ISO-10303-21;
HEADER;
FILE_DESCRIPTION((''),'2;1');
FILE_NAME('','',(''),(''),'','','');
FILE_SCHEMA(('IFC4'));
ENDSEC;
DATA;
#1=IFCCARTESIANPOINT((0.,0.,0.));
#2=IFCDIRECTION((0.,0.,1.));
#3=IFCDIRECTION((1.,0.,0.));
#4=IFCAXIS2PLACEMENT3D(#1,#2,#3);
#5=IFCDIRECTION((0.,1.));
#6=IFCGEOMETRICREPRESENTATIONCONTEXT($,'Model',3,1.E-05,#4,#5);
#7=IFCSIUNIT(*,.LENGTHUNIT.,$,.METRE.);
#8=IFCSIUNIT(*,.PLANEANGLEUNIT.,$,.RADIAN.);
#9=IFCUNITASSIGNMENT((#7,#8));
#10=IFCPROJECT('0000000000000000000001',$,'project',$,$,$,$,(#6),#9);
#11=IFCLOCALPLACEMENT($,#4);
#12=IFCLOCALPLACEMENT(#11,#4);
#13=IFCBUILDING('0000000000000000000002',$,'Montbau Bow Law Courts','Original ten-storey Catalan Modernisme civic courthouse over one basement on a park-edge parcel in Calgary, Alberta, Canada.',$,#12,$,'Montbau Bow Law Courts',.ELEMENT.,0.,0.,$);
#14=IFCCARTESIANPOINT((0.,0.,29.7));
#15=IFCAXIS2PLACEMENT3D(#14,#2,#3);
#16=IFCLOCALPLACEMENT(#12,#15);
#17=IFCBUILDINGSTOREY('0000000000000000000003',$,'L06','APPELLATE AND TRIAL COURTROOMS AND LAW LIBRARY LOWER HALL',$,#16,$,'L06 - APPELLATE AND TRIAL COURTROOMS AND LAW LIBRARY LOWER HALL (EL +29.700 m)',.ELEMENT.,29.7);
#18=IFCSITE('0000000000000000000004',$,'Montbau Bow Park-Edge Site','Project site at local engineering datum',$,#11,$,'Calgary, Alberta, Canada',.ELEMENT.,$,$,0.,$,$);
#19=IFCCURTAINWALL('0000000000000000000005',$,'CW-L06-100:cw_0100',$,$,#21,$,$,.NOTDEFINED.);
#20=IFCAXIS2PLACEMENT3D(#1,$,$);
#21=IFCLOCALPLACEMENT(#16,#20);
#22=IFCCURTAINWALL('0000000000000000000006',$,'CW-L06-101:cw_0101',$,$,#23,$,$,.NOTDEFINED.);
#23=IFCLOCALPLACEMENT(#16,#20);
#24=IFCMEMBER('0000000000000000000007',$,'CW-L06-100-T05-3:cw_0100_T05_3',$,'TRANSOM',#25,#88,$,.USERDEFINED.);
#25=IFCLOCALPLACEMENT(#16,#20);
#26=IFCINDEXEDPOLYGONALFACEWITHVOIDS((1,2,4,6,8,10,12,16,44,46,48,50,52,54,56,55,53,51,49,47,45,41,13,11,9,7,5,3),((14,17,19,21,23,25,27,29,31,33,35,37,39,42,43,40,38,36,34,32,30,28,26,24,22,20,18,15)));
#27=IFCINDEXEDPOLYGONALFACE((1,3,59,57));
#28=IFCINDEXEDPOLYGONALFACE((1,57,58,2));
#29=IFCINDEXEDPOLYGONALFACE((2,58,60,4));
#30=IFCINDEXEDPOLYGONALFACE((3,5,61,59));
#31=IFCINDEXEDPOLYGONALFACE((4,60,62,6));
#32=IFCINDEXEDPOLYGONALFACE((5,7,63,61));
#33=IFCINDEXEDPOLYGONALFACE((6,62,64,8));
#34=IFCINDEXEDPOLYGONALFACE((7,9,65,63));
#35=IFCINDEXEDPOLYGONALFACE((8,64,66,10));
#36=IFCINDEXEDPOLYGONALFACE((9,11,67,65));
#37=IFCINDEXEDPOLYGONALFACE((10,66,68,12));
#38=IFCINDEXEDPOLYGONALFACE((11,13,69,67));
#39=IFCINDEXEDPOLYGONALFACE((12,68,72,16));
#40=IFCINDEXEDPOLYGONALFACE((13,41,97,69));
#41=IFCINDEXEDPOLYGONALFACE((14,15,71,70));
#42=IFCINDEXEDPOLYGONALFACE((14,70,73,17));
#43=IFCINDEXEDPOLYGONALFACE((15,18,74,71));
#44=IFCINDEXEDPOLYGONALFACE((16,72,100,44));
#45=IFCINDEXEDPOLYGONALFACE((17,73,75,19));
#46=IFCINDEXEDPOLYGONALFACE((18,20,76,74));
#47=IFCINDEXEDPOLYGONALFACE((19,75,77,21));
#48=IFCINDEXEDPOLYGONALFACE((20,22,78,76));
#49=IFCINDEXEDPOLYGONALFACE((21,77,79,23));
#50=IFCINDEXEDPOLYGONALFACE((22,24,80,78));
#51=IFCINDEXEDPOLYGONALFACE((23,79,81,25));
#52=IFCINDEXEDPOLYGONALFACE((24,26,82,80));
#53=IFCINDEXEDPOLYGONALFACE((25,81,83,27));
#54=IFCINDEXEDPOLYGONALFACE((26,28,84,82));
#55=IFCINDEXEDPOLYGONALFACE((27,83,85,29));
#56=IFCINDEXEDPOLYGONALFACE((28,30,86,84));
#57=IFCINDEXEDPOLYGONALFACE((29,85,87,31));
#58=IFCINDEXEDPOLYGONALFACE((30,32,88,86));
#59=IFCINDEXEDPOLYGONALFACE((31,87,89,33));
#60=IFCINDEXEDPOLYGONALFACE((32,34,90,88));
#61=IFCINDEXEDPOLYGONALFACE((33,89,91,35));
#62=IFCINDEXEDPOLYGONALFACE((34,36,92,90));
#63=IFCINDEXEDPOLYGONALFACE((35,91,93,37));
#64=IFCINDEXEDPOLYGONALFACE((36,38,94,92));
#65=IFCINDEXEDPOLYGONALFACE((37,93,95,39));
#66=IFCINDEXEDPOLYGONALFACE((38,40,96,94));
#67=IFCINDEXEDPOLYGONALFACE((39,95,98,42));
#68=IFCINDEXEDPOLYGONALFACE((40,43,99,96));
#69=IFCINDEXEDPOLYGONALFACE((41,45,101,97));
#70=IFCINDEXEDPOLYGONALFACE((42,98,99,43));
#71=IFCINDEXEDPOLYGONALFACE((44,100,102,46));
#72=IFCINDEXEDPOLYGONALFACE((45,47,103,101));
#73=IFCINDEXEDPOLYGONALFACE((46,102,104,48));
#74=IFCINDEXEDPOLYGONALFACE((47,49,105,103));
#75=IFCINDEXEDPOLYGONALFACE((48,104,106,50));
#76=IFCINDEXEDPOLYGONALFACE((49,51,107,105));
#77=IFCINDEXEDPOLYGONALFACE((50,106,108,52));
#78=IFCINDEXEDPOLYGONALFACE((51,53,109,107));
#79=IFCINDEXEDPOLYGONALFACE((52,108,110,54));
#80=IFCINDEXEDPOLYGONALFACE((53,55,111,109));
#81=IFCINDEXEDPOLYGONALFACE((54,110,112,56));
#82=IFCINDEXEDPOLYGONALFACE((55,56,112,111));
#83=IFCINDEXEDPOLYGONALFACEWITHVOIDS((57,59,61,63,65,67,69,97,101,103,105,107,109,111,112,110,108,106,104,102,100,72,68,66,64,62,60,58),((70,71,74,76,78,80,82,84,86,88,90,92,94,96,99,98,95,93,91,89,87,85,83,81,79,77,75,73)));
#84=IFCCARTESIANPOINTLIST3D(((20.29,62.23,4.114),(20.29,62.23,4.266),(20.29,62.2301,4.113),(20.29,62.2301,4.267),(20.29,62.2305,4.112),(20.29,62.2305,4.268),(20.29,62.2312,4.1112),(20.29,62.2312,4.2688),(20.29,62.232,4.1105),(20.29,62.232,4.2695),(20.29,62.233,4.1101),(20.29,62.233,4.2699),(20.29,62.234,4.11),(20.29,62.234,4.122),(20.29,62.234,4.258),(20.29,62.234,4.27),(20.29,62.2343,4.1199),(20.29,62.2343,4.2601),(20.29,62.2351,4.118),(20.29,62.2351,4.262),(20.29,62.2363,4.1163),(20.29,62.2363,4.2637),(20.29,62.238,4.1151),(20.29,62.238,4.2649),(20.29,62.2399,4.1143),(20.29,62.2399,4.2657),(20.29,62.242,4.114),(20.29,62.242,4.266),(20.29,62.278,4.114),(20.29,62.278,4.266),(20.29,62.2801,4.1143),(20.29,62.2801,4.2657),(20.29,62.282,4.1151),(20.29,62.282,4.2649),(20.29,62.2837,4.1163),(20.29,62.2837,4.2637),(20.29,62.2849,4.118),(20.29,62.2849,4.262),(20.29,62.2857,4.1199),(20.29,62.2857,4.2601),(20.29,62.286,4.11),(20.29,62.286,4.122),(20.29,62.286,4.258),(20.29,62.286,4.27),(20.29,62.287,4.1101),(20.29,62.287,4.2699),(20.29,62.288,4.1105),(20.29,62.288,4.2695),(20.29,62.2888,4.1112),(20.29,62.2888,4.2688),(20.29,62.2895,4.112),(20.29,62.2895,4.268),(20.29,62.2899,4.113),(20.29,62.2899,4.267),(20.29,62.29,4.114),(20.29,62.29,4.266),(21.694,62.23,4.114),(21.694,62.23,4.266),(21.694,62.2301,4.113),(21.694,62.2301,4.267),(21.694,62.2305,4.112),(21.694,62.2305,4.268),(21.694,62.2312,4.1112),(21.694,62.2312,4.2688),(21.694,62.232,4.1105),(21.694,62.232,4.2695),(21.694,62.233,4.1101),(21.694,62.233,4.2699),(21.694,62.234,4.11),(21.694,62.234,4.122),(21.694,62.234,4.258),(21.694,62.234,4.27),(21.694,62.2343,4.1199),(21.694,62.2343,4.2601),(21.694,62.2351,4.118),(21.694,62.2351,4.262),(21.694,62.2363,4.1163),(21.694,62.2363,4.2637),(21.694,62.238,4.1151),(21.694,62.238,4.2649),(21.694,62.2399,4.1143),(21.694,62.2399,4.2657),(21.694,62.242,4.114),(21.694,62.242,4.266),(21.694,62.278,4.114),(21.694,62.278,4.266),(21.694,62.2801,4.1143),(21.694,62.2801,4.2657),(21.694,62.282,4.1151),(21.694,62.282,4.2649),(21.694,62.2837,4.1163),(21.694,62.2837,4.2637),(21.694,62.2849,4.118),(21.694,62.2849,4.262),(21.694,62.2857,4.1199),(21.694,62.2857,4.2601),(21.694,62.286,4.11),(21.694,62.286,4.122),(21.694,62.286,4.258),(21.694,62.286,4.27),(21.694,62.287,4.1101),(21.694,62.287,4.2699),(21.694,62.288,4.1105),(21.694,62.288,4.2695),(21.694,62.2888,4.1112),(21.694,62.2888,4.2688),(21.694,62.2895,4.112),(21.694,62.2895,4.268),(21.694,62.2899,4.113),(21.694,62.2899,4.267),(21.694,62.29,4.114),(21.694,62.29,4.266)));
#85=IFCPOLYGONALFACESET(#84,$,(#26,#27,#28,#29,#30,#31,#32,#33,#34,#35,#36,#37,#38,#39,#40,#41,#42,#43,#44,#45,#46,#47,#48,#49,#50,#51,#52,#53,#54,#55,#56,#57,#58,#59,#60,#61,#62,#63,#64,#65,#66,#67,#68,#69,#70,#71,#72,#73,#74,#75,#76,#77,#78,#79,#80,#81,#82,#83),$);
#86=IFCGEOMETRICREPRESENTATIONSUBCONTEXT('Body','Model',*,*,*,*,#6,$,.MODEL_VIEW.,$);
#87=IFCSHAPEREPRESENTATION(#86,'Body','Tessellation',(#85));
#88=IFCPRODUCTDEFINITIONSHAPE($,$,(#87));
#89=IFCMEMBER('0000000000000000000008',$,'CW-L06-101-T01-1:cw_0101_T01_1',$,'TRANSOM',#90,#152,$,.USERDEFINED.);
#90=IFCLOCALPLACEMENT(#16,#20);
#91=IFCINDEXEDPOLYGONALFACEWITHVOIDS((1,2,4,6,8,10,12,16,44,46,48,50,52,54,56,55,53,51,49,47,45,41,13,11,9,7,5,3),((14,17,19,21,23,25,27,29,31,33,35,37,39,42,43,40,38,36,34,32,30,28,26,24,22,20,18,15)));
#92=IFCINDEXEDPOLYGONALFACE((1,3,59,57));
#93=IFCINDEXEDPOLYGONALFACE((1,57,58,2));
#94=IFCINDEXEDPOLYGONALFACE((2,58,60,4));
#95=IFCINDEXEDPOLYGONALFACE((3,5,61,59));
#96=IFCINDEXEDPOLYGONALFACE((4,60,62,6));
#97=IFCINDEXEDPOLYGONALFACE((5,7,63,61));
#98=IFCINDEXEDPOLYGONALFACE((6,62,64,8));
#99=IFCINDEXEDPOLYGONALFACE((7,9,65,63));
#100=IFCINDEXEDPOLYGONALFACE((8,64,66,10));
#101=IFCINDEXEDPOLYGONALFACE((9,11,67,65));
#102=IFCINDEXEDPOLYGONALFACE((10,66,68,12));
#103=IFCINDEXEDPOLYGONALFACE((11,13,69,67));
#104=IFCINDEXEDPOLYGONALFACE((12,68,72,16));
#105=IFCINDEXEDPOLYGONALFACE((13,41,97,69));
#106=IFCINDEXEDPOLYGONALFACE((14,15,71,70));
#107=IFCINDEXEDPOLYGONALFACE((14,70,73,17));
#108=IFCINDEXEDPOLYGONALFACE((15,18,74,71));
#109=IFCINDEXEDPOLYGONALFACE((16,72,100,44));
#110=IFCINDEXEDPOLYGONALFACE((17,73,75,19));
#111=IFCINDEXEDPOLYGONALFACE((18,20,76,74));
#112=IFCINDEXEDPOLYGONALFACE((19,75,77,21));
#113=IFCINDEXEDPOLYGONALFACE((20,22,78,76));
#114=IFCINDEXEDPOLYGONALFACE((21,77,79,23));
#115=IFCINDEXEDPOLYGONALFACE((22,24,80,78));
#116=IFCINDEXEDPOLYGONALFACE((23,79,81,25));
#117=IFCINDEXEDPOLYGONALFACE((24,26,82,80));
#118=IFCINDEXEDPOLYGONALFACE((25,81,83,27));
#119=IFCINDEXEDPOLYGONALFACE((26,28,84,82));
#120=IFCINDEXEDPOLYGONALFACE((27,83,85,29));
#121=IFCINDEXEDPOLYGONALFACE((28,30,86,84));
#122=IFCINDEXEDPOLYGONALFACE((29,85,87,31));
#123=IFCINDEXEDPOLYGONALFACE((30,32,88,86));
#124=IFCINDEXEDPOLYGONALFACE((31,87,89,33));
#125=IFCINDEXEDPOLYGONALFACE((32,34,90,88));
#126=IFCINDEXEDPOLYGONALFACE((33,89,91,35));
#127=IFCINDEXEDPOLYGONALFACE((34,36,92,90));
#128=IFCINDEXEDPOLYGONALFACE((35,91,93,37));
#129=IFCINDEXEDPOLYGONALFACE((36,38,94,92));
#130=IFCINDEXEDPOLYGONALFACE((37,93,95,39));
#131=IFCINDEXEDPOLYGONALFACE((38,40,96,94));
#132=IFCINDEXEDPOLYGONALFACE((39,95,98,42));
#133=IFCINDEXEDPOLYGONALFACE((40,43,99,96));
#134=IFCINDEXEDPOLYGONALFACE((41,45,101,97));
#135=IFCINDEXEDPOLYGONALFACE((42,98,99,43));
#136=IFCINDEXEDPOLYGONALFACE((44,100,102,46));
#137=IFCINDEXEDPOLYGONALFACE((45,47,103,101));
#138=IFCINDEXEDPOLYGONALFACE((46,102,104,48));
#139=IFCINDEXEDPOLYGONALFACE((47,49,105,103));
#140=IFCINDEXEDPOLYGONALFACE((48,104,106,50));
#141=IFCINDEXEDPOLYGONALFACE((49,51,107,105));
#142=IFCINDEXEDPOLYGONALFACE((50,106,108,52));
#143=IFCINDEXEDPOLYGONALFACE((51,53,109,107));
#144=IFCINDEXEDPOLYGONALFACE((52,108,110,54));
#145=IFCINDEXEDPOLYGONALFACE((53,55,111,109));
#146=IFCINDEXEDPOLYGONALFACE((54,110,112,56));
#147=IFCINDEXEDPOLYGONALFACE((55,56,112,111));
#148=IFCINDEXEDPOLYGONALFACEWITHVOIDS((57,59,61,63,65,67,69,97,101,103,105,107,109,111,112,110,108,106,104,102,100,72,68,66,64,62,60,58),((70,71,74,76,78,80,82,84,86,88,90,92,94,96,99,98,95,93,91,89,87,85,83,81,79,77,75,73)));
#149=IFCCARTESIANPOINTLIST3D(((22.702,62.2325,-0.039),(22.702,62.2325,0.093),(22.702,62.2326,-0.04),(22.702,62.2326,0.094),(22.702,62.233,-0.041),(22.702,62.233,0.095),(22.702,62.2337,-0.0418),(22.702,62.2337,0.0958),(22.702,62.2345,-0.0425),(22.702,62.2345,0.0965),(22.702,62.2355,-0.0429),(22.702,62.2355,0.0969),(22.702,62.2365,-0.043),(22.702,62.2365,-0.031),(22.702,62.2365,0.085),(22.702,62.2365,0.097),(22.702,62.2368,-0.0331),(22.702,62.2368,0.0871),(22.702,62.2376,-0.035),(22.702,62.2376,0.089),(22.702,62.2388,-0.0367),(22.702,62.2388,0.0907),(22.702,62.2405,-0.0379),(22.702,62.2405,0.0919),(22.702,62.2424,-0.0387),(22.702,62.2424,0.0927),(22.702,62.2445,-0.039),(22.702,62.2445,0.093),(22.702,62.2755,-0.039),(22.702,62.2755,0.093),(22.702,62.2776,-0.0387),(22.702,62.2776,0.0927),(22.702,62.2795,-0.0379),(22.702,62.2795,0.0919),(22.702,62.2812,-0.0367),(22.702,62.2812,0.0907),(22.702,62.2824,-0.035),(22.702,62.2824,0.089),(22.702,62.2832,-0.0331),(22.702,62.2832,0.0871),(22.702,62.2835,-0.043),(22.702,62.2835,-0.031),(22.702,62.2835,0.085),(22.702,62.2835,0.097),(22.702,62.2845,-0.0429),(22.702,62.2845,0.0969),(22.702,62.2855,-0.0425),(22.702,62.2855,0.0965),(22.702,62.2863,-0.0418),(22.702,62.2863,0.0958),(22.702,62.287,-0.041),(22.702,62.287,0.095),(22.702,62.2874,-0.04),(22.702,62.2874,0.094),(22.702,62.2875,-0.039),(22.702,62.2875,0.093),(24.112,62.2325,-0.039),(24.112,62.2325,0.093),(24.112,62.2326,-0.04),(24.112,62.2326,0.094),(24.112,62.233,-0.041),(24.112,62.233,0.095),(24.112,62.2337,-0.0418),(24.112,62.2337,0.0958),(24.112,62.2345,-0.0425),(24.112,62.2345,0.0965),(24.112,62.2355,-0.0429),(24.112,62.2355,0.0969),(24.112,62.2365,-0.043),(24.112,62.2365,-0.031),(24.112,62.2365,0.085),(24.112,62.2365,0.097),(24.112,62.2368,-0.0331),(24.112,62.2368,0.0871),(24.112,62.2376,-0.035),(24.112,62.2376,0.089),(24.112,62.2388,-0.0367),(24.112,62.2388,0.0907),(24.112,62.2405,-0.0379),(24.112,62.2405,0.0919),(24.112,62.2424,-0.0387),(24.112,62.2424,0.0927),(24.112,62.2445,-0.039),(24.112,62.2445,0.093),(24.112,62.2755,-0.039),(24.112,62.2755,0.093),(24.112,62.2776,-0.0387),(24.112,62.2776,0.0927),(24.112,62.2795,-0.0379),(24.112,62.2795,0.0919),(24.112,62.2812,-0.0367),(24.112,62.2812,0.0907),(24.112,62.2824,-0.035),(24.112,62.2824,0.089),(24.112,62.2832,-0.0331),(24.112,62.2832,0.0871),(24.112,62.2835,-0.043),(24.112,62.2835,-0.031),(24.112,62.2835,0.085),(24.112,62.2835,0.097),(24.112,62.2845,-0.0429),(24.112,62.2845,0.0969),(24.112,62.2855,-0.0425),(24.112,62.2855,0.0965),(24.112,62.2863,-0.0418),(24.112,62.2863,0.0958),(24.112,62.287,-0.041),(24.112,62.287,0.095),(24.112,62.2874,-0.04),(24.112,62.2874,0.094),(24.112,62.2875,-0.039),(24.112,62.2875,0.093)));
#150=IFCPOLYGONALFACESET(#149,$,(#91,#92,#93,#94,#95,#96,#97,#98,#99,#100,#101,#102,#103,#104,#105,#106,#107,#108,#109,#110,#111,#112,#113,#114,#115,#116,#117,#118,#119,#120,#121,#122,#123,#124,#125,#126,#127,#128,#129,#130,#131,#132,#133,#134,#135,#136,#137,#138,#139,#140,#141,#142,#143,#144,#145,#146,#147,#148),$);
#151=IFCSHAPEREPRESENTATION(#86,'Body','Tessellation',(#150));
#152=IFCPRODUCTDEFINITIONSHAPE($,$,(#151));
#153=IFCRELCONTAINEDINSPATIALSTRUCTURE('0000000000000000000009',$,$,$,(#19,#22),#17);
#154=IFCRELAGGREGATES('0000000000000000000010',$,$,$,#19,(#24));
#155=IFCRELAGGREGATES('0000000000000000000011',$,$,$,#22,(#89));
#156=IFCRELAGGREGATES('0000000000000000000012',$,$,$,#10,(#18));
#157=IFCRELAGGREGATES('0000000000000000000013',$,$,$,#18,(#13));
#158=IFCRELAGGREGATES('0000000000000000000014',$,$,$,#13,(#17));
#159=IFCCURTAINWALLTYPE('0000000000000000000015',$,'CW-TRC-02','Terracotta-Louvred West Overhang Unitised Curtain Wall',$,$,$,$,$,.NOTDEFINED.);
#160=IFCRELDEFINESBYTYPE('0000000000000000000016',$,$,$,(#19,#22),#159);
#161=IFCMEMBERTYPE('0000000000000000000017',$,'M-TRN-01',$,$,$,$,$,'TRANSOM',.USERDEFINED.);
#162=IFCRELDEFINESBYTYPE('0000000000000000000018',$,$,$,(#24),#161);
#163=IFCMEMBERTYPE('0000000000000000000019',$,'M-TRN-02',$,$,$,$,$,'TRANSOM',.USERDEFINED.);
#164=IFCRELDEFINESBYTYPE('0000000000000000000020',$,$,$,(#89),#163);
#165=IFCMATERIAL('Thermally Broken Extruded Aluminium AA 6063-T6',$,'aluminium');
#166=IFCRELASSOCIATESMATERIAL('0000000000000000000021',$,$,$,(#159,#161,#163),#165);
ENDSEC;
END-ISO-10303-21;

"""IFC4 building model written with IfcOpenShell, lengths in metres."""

from ifc_helpers import new_model, si_unit, direction, frame, origin_with_axes, origin_2d_with_axis, place, context, subcontext, project, spatial, hollow_rectangle, extrude, material, material_profile, profile_set, type_object, element, aggregate, save


model = new_model("IFC4")

# Units and contexts
model_context = context("Model", 3, precision=1e-05, world=origin_with_axes(), true_north=direction((0.0, 1.0)))
body_context = subcontext(model_context, "Body", "Model", "MODEL_VIEW")
ifc_project = project(units=[si_unit("LENGTHUNIT", "METRE"), si_unit("PLANEANGLEUNIT", "RADIAN")], contexts=[model_context])

# Site, building, storey
site_placement = place(None, origin_with_axes())
site = spatial("IfcSite", under=ifc_project, at=site_placement, Name="Montbau Bow Park-Edge Site", Description="Project site at local engineering datum", LongName="Calgary, Alberta, Canada", CompositionType="ELEMENT", RefElevation=0.0)
building_placement = place(site_placement, origin_with_axes())
building = spatial("IfcBuilding", under=site, at=building_placement, Name="Montbau Bow Law Courts", Description="Original ten-storey Catalan Modernisme civic courthouse over one basement on a park-edge parcel in Calgary, Alberta, Canada.", LongName="Montbau Bow Law Courts", CompositionType="ELEMENT", ElevationOfRefHeight=0.0, ElevationOfTerrain=0.0)
storey_placement = place(building_placement, frame((0.0, 0.0, 29.7), z_axis=(0.0, 0.0, 1.0), x_axis=(1.0, 0.0, 0.0)))
storey = spatial("IfcBuildingStorey", under=building, at=storey_placement, Name="L06", Description="APPELLATE AND TRIAL COURTROOMS AND LAW LIBRARY LOWER HALL", LongName="L06 - APPELLATE AND TRIAL COURTROOMS AND LAW LIBRARY LOWER HALL (EL +29.700 m)", CompositionType="ELEMENT", Elevation=29.7)

# Curtain walls
ifc_material_1 = material(Name="Thermally Broken Extruded Aluminium AA 6063-T6", Category="aluminium")
curtain_wall_type = type_object("IfcCurtainWallType", Name="CW-TRC-02", Description="Terracotta-Louvred West Overhang Unitised Curtain Wall", PredefinedType="NOTDEFINED", material=ifc_material_1)
curtain_wall_1_placement = place(None, frame((14.24, 62.26, 29.7), z_axis=(0.0, 0.0, 1.0), x_axis=(1.0, 0.0, 0.0)))
curtain_wall_1 = element("IfcCurtainWall", 1, at=curtain_wall_1_placement, inside=storey, type_object=curtain_wall_type, Name="CW-L06-100:cw_0100", PredefinedType="NOTDEFINED")
curtain_wall_2_placement = place(None, frame((22.64, 62.26, 29.7), z_axis=(0.0, 0.0, 1.0), x_axis=(1.0, 0.0, 0.0)))
curtain_wall_2 = element("IfcCurtainWall", 2, at=curtain_wall_2_placement, inside=storey, type_object=curtain_wall_type, Name="CW-L06-101:cw_0101", PredefinedType="NOTDEFINED")

# Members
ifc_material_profile_1 = material_profile(ifc_material_1, hollow_rectangle(XDim=0.06, YDim=0.16, WallThickness=0.004, InnerFilletRadius=0.008, OuterFilletRadius=0.004, at=origin_2d_with_axis()), Name="CWT-160X60", Category="Main", Priority=0)
ifc_profile_set_1 = profile_set([ifc_material_profile_1], Name="Thermally Broken Extruded Aluminium AA 6063-T6")
member_type_1 = type_object("IfcMemberType", Name="M-TRN-01", ElementType="TRANSOM", PredefinedType="USERDEFINED", material=ifc_profile_set_1)
member_1_placement = place(None, frame((20.29, 62.26, 33.89), z_axis=(1.0, 0.0, 0.0), x_axis=(0.0, 1.0, 0.0)))
member_1 = element("IfcMember", 3, at=member_1_placement, type_object=member_type_1, Name="CW-L06-100-T05-3:cw_0100_T05_3", ObjectType="TRANSOM", PredefinedType="USERDEFINED", context=body_context, shape_type="SweptSolid", body=[
    extrude(hollow_rectangle(XDim=0.06, YDim=0.16, WallThickness=0.004, InnerFilletRadius=0.008, OuterFilletRadius=0.004, at=origin_2d_with_axis()), origin_with_axes(), (0.0, 0.0, 1.0), 1.404),
])
ifc_material_profile_2 = material_profile(ifc_material_1, hollow_rectangle(XDim=0.055, YDim=0.14, WallThickness=0.004, InnerFilletRadius=0.008, OuterFilletRadius=0.004, at=origin_2d_with_axis()), Name="CWT-140X55", Category="Main", Priority=0)
ifc_profile_set_2 = profile_set([ifc_material_profile_2], Name="Thermally Broken Extruded Aluminium AA 6063-T6")
member_type_2 = type_object("IfcMemberType", Name="M-TRN-02", ElementType="TRANSOM", PredefinedType="USERDEFINED", material=ifc_profile_set_2)
member_2_placement = place(None, frame((22.702, 62.26, 29.727), z_axis=(1.0, 0.0, 0.0), x_axis=(0.0, 1.0, 0.0)))
member_2 = element("IfcMember", 4, at=member_2_placement, type_object=member_type_2, Name="CW-L06-101-T01-1:cw_0101_T01_1", ObjectType="TRANSOM", PredefinedType="USERDEFINED", context=body_context, shape_type="SweptSolid", body=[
    extrude(hollow_rectangle(XDim=0.055, YDim=0.14, WallThickness=0.004, InnerFilletRadius=0.008, OuterFilletRadius=0.004, at=origin_2d_with_axis()), origin_with_axes(), (0.0, 0.0, 1.0), 1.41),
])

aggregate(curtain_wall_1, [member_1])
aggregate(curtain_wall_2, [member_2])

save(model, "model.ifc")
